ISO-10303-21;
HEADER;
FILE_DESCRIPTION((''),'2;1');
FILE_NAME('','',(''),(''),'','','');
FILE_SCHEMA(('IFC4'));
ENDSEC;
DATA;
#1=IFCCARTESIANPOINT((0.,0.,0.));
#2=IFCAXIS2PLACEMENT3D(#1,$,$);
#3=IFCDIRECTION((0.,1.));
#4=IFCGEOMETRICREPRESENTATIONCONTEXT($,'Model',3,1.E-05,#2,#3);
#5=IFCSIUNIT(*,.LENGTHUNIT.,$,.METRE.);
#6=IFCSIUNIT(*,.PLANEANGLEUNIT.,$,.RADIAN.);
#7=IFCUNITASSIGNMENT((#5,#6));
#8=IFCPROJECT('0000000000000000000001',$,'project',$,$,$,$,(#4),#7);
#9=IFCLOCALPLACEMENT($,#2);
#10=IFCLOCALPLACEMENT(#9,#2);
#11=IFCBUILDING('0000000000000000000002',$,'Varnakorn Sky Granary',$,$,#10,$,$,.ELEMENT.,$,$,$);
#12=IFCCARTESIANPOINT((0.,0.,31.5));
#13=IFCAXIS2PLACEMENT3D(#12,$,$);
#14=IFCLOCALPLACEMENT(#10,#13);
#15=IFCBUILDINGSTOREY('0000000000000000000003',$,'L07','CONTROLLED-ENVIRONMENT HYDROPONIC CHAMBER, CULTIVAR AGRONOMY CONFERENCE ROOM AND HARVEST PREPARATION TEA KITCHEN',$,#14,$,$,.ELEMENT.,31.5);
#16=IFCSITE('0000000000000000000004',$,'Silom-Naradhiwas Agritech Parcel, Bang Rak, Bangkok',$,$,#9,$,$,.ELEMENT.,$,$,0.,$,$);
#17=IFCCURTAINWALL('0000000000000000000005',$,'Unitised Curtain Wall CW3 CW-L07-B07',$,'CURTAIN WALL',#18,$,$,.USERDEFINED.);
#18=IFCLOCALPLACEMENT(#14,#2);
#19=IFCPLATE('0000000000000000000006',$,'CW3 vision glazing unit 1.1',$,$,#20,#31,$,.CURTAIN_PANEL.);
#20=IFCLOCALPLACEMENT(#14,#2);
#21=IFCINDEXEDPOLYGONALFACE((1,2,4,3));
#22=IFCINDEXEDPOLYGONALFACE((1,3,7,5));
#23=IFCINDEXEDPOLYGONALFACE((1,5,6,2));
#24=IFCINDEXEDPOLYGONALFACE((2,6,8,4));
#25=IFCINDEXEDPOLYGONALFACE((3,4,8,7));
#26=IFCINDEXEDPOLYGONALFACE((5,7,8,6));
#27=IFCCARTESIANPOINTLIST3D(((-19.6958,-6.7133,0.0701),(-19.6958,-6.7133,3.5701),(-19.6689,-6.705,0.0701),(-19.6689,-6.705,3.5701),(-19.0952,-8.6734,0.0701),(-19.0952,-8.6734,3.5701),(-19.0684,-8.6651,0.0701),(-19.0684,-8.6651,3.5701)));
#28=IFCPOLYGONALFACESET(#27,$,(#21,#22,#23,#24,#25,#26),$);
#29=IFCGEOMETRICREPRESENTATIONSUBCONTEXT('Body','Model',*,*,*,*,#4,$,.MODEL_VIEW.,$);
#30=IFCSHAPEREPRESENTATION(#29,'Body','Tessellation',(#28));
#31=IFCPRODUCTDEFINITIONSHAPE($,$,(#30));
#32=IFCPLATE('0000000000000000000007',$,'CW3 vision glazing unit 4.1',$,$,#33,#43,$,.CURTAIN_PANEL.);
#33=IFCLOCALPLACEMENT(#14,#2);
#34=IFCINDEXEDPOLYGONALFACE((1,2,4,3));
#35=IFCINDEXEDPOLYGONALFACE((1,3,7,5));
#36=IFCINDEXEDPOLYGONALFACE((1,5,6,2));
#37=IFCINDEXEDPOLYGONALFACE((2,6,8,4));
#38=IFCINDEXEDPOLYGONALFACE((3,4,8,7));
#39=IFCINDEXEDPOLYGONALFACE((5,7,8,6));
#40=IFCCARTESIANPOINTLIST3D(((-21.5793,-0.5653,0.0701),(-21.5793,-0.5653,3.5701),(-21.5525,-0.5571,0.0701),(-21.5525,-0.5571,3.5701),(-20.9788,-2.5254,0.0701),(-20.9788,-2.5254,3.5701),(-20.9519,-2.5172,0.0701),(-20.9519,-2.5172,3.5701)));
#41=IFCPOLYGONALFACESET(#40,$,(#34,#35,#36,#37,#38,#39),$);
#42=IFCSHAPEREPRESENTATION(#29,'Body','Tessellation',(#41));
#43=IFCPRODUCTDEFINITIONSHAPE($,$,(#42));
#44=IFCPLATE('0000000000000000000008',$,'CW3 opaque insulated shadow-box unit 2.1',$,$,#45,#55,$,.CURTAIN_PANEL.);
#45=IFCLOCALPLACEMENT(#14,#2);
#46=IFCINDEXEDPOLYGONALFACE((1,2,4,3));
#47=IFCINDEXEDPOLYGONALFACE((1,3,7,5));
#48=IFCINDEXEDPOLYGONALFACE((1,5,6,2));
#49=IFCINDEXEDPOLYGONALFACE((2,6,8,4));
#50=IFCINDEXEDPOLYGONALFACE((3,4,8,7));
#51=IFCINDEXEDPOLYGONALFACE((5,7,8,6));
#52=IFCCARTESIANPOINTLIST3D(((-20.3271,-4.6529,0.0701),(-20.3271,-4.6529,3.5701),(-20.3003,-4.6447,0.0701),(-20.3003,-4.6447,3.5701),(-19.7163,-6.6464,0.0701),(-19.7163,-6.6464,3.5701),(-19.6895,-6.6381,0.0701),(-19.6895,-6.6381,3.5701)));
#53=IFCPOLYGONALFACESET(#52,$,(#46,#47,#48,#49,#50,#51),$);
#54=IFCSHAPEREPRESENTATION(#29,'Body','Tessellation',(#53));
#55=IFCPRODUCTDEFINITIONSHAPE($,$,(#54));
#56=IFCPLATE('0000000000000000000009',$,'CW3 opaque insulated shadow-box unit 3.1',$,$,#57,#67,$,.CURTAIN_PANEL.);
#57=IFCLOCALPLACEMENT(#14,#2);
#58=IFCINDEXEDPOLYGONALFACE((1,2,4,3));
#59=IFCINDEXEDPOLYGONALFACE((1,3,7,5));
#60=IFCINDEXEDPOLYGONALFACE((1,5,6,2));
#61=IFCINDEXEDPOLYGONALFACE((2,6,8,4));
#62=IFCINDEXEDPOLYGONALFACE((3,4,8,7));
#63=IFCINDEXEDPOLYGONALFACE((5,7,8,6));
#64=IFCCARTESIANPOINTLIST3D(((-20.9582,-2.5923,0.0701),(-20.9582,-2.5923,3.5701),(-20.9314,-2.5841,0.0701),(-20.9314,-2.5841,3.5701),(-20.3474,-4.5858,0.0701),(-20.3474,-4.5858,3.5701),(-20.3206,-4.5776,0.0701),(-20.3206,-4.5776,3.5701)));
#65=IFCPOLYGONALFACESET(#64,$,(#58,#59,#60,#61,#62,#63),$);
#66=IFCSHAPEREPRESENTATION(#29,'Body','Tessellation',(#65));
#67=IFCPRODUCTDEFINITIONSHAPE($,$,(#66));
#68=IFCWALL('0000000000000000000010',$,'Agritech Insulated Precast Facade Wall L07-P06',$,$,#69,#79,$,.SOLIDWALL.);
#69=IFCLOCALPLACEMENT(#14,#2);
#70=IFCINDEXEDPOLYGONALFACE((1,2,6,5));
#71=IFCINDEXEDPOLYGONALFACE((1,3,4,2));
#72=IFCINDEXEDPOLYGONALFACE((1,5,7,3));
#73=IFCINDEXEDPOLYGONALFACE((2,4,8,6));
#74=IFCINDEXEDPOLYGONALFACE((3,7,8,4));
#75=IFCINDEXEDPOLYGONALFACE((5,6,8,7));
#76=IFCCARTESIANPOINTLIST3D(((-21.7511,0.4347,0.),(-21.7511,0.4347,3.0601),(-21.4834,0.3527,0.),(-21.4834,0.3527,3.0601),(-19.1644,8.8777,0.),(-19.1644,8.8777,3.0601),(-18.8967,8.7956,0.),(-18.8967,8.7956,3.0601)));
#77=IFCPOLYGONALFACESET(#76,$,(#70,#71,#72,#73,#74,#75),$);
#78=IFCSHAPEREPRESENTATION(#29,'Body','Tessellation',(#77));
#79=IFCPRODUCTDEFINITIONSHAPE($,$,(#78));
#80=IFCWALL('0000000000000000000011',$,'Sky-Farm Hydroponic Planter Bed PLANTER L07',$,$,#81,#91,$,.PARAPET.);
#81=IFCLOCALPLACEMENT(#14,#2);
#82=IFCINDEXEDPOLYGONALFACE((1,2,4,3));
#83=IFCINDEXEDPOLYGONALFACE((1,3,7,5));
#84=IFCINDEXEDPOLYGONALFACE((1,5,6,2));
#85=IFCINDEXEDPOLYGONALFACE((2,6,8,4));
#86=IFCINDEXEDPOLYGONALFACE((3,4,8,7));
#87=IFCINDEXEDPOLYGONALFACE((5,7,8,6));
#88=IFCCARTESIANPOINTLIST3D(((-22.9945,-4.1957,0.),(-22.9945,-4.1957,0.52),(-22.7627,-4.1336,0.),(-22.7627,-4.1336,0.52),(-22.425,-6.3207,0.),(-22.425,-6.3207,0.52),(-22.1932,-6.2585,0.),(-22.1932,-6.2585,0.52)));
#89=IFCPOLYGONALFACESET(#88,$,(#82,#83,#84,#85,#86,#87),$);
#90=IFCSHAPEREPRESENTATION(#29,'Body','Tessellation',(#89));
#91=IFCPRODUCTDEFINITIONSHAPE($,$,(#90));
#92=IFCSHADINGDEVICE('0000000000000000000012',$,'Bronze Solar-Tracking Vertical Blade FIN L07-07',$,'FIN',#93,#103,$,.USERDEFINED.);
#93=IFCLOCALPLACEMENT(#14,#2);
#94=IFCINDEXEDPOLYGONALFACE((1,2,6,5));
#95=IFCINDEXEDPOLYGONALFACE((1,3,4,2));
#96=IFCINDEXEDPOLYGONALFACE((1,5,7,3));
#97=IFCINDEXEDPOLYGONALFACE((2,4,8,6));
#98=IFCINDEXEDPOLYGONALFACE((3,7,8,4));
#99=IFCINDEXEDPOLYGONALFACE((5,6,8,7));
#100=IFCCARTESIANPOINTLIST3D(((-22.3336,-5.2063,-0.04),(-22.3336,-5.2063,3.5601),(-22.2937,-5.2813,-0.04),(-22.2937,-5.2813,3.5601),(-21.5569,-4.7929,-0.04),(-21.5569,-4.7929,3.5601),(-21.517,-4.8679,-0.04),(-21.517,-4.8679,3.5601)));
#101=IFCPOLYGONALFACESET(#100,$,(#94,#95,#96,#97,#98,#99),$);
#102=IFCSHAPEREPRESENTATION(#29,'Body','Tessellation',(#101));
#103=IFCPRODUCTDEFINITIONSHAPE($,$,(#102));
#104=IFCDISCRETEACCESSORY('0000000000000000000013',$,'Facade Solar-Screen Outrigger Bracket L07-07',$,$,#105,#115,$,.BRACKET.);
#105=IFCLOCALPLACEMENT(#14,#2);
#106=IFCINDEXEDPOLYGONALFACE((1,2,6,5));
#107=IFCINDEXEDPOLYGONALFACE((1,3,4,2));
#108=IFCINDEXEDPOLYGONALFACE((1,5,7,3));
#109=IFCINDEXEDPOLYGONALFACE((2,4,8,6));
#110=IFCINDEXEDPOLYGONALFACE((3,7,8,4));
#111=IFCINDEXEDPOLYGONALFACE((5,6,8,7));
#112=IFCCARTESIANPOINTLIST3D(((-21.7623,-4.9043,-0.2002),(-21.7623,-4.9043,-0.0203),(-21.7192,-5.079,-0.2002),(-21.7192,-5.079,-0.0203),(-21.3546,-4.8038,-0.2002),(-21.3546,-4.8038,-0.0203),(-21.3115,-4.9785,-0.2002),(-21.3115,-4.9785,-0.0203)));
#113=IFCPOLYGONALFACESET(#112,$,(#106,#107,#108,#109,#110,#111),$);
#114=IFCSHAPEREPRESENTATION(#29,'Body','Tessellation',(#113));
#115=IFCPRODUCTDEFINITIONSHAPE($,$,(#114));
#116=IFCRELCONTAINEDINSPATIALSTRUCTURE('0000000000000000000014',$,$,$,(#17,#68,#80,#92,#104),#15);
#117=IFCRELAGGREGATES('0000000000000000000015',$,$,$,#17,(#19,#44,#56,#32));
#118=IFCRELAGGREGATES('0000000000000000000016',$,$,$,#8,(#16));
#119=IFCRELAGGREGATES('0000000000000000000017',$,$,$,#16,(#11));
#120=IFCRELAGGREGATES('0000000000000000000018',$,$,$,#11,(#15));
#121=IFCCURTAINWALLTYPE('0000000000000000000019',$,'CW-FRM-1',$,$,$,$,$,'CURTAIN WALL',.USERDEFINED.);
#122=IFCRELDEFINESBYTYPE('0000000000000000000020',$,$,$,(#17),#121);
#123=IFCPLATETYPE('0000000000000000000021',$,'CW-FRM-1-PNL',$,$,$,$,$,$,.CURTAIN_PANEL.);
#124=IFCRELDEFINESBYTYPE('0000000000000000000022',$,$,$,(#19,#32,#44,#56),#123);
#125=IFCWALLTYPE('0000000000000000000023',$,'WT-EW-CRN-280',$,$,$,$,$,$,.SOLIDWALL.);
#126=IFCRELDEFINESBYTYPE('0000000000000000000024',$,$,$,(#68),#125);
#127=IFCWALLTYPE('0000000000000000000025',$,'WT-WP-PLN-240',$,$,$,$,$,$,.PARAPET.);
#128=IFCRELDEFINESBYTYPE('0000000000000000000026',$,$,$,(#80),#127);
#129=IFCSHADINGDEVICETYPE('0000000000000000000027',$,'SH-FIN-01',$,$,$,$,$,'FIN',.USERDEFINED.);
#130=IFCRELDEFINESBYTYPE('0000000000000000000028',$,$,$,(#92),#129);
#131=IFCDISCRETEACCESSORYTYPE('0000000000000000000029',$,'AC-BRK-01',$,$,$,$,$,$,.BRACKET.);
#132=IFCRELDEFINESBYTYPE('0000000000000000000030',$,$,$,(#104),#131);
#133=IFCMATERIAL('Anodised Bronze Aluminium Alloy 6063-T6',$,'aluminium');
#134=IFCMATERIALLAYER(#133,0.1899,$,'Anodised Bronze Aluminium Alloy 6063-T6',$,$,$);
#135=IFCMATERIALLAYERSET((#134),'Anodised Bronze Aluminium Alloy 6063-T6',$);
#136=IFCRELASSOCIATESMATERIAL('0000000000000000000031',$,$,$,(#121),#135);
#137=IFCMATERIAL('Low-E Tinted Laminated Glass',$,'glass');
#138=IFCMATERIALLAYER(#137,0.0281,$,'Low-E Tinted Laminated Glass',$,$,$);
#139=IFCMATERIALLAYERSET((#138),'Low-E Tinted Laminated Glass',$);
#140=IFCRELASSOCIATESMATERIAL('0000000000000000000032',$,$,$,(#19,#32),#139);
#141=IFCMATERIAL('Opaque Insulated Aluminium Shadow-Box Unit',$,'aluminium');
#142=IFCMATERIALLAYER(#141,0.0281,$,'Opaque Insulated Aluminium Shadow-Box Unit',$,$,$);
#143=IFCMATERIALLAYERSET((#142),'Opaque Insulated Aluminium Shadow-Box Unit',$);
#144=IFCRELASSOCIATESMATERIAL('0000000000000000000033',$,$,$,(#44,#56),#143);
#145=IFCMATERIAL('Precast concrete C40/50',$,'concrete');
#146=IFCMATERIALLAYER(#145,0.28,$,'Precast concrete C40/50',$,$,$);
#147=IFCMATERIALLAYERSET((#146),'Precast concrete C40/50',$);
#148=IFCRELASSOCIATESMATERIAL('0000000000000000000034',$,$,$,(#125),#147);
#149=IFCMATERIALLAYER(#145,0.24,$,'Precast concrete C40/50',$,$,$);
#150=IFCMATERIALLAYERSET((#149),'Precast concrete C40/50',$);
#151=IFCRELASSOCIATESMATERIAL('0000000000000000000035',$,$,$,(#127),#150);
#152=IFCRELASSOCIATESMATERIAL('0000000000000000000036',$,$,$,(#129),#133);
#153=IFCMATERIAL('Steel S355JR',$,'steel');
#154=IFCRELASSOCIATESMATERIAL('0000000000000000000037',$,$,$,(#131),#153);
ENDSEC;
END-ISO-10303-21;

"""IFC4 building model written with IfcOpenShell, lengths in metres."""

from ifc_helpers import new_model, si_unit, direction, frame, frame_2d, origin, origin_2d, place, context, subcontext, project, spatial, rectangle, extrude, source, transform, mapped, material, layer, layer_set, type_object, type_shapes, element, aggregate, save


model = new_model("IFC4")

# Units and contexts
model_context = context("Model", 3, precision=1e-05, world=origin(), true_north=direction((0.0, 1.0)))
body_context = subcontext(model_context, "Body", "Model", "MODEL_VIEW")
ifc_project = project(units=[si_unit("LENGTHUNIT", "METRE"), si_unit("PLANEANGLEUNIT", "RADIAN")], contexts=[model_context])

# Site, building, storey
site_placement = place(None, origin())
site = spatial("IfcSite", under=ifc_project, at=site_placement, Name="Silom-Naradhiwas Agritech Parcel, Bang Rak, Bangkok", CompositionType="ELEMENT", RefElevation=0.0)
building_placement = place(site_placement, origin())
building = spatial("IfcBuilding", under=site, at=building_placement, Name="Varnakorn Sky Granary", CompositionType="ELEMENT")
storey_placement = place(building_placement, frame((0.0, 0.0, 31.5)))
storey = spatial("IfcBuildingStorey", under=building, at=storey_placement, Name="L07", Description="CONTROLLED-ENVIRONMENT HYDROPONIC CHAMBER, CULTIVAR AGRONOMY CONFERENCE ROOM AND HARVEST PREPARATION TEA KITCHEN", CompositionType="ELEMENT", Elevation=31.5)

# Shared definitions
ifc_material_1 = material(Name="Steel S355JR", Category="steel")

# Curtain wall
ifc_material_2 = material(Name="Anodised Bronze Aluminium Alloy 6063-T6", Category="aluminium")
ifc_layer_1 = layer(ifc_material_2, 0.1899, Name="Anodised Bronze Aluminium Alloy 6063-T6")
ifc_layer_set_1 = layer_set([ifc_layer_1], Name="Anodised Bronze Aluminium Alloy 6063-T6")
curtain_wall_type = type_object("IfcCurtainWallType", Name="CW-FRM-1", ElementType="CURTAIN WALL", PredefinedType="USERDEFINED", material=ifc_layer_set_1)
curtain_wall_1_placement = place(storey_placement, origin())
curtain_wall_1 = element("IfcCurtainWall", 1, at=curtain_wall_1_placement, inside=storey, type_object=curtain_wall_type, Name="Unitised Curtain Wall CW3 CW-L07-B07", ObjectType="CURTAIN WALL", PredefinedType="USERDEFINED")

# Plates
ifc_material_3 = material(Name="Low-E Tinted Laminated Glass", Category="glass")
ifc_layer_2 = layer(ifc_material_3, 0.0281, Name="Low-E Tinted Laminated Glass")
ifc_layer_set_2 = layer_set([ifc_layer_2], Name="Low-E Tinted Laminated Glass")
plate_type = type_object("IfcPlateType", Name="CW-FRM-1-PNL", PredefinedType="CURTAIN_PANEL")
ifc_material_4 = material(Name="Opaque Insulated Aluminium Shadow-Box Unit", Category="aluminium")
ifc_layer_3 = layer(ifc_material_4, 0.0281, Name="Opaque Insulated Aluminium Shadow-Box Unit")
ifc_layer_set_3 = layer_set([ifc_layer_3], Name="Opaque Insulated Aluminium Shadow-Box Unit")
shared_shape_1 = source(origin(), body_context, "Body", "SweptSolid", [
    extrude(rectangle(XDim=2.05, YDim=0.0281, at=origin_2d()), origin(), (0.0, 0.0, 1.0), 3.5),
])
plate_1_placement = place(storey_placement, frame((-19.3821, -7.6892, 0.0701), z_axis=(0.0, 0.0, 1.0), x_axis=(-0.292955, 0.956126, 0.0)))
plate_1 = element("IfcPlate", 2, at=plate_1_placement, type_object=plate_type, material=ifc_layer_set_2, Name="CW3 vision glazing unit 1.1", PredefinedType="CURTAIN_PANEL", context=body_context, shape_type="MappedRepresentation", body=[
    mapped(shared_shape_1, transform((0.0, 0.0, 0.0), x_axis=(1.0, 0.0, 0.0), y_axis=(0.0, 1.0, 0.0), z_axis=(0.0, 0.0, 1.0), scale=1.0)),
])
plate_2_placement = place(storey_placement, frame((-21.2656, -1.5413, 0.0701), z_axis=(0.0, 0.0, 1.0), x_axis=(-0.292955, 0.956126, 0.0)))
plate_2 = element("IfcPlate", 3, at=plate_2_placement, type_object=plate_type, material=ifc_layer_set_2, Name="CW3 vision glazing unit 4.1", PredefinedType="CURTAIN_PANEL", context=body_context, shape_type="MappedRepresentation", body=[
    mapped(shared_shape_1, transform((0.0, 0.0, 0.0), x_axis=(1.0, 0.0, 0.0), y_axis=(0.0, 1.0, 0.0), z_axis=(0.0, 0.0, 1.0), scale=1.0)),
])
shared_shape_2 = source(origin(), body_context, "Body", "SweptSolid", [
    extrude(rectangle(XDim=2.085, YDim=0.0281, at=origin_2d()), origin(), (0.0, 0.0, 1.0), 3.5),
])
plate_3_placement = place(storey_placement, frame((-20.0083, -5.6455, 0.0701), z_axis=(0.0, 0.0, 1.0), x_axis=(-0.292955, 0.956126, 0.0)))
plate_3 = element("IfcPlate", 4, at=plate_3_placement, type_object=plate_type, material=ifc_layer_set_3, Name="CW3 opaque insulated shadow-box unit 2.1", PredefinedType="CURTAIN_PANEL", context=body_context, shape_type="MappedRepresentation", body=[
    mapped(shared_shape_2, transform((0.0, 0.0, 0.0), x_axis=(1.0, 0.0, 0.0), y_axis=(0.0, 1.0, 0.0), z_axis=(0.0, 0.0, 1.0), scale=1.0)),
])
plate_4_placement = place(storey_placement, frame((-20.6394, -3.585, 0.0701), z_axis=(0.0, 0.0, 1.0), x_axis=(-0.292955, 0.956126, 0.0)))
plate_4 = element("IfcPlate", 5, at=plate_4_placement, type_object=plate_type, material=ifc_layer_set_3, Name="CW3 opaque insulated shadow-box unit 3.1", PredefinedType="CURTAIN_PANEL", context=body_context, shape_type="MappedRepresentation", body=[
    mapped(shared_shape_2, transform((0.0, 0.0, 0.0), x_axis=(1.0, 0.0, 0.0), y_axis=(0.0, 1.0, 0.0), z_axis=(0.0, 0.0, 1.0), scale=1.0)),
])
aggregate(curtain_wall_1, [plate_1, plate_3, plate_4, plate_2])

# Walls
ifc_material_5 = material(Name="Precast concrete C40/50", Category="concrete")
ifc_layer_4 = layer(ifc_material_5, 0.28, Name="Precast concrete C40/50")
ifc_layer_set_4 = layer_set([ifc_layer_4], Name="Precast concrete C40/50")
wall_type_1 = type_object("IfcWallType", Name="WT-EW-CRN-280", PredefinedType="SOLIDWALL", material=ifc_layer_set_4)
wall_1_placement = place(storey_placement, frame((-21.6172, 0.3938, 0.0), z_axis=(0.0, 0.0, 1.0), x_axis=(0.292934, 0.956133, 0.0)))
element("IfcWall", 6, at=wall_1_placement, inside=storey, type_object=wall_type_1, Name="Agritech Insulated Precast Facade Wall L07-P06", PredefinedType="SOLIDWALL", context=body_context, shape_type="SweptSolid", body=[
    extrude(rectangle(XDim=8.8303, YDim=0.28, at=frame_2d((4.415, 0.0))), origin(), (0.0, 0.0, 1.0), 3.0601),
])
ifc_layer_5 = layer(ifc_material_5, 0.24, Name="Precast concrete C40/50")
ifc_layer_set_5 = layer_set([ifc_layer_5], Name="Precast concrete C40/50")
wall_type_2 = type_object("IfcWallType", Name="WT-WP-PLN-240", PredefinedType="PARAPET", material=ifc_layer_set_5)
wall_2_placement = place(storey_placement, frame((-22.8787, -4.1646, 0.0), z_axis=(0.0, 0.0, 1.0), x_axis=(0.258899, -0.965904, 0.0)))
element("IfcWall", 7, at=wall_2_placement, inside=storey, type_object=wall_type_2, Name="Sky-Farm Hydroponic Planter Bed PLANTER L07", PredefinedType="PARAPET", context=body_context, shape_type="SweptSolid", body=[
    extrude(rectangle(XDim=2.2, YDim=0.24, at=frame_2d((1.1001, 0.0))), origin(), (0.0, 0.0, 1.0), 0.52),
])

# Shading device
shading_device_type = type_object("IfcShadingDeviceType", Name="SH-FIN-01", ElementType="FIN", PredefinedType="USERDEFINED", material=ifc_material_2)
shared_shape_3 = source(origin(), body_context, "Body", "SweptSolid", [
    extrude(rectangle(XDim=0.085, YDim=0.8799, at=origin_2d()), origin(), (0.0, 0.0, 1.0), 3.6001),
])
type_shapes(shading_device_type, [shared_shape_3])
shading_device_placement = place(storey_placement, frame((-21.9253, -5.0371, -0.04), z_axis=(0.0, 0.0, 1.0), x_axis=(0.469762, -0.882793, 0.0)))
element("IfcShadingDevice", 8, at=shading_device_placement, inside=storey, type_object=shading_device_type, Name="Bronze Solar-Tracking Vertical Blade FIN L07-07", ObjectType="FIN", PredefinedType="USERDEFINED", context=body_context, shape_type="MappedRepresentation", body=[
    mapped(shared_shape_3, transform((0.0, 0.0, 0.0), x_axis=(1.0, 0.0, 0.0), y_axis=(0.0, 1.0, 0.0), z_axis=(0.0, 0.0, 1.0), scale=1.0)),
])

# Discrete accessory
discrete_accessory_type = type_object("IfcDiscreteAccessoryType", Name="AC-BRK-01", PredefinedType="BRACKET", material=ifc_material_1)
shared_shape_4 = source(origin(), body_context, "Body", "SweptSolid", [
    extrude(rectangle(XDim=0.1799, YDim=0.4199, at=origin_2d()), origin(), (0.0, 0.0, 1.0), 0.1799),
])
type_shapes(discrete_accessory_type, [shared_shape_4])
discrete_accessory_placement = place(storey_placement, frame((-21.5369, -4.9414, -0.2002), z_axis=(0.0, 0.0, 1.0), x_axis=(0.239439, -0.970911, 0.0)))
element("IfcDiscreteAccessory", 9, at=discrete_accessory_placement, inside=storey, type_object=discrete_accessory_type, Name="Facade Solar-Screen Outrigger Bracket L07-07", PredefinedType="BRACKET", context=body_context, shape_type="MappedRepresentation", body=[
    mapped(shared_shape_4, transform((0.0, 0.0, 0.0), x_axis=(1.0, 0.0, 0.0), y_axis=(0.0, 1.0, 0.0), z_axis=(0.0, 0.0, 1.0), scale=1.0)),
])

save(model, "model.ifc")
